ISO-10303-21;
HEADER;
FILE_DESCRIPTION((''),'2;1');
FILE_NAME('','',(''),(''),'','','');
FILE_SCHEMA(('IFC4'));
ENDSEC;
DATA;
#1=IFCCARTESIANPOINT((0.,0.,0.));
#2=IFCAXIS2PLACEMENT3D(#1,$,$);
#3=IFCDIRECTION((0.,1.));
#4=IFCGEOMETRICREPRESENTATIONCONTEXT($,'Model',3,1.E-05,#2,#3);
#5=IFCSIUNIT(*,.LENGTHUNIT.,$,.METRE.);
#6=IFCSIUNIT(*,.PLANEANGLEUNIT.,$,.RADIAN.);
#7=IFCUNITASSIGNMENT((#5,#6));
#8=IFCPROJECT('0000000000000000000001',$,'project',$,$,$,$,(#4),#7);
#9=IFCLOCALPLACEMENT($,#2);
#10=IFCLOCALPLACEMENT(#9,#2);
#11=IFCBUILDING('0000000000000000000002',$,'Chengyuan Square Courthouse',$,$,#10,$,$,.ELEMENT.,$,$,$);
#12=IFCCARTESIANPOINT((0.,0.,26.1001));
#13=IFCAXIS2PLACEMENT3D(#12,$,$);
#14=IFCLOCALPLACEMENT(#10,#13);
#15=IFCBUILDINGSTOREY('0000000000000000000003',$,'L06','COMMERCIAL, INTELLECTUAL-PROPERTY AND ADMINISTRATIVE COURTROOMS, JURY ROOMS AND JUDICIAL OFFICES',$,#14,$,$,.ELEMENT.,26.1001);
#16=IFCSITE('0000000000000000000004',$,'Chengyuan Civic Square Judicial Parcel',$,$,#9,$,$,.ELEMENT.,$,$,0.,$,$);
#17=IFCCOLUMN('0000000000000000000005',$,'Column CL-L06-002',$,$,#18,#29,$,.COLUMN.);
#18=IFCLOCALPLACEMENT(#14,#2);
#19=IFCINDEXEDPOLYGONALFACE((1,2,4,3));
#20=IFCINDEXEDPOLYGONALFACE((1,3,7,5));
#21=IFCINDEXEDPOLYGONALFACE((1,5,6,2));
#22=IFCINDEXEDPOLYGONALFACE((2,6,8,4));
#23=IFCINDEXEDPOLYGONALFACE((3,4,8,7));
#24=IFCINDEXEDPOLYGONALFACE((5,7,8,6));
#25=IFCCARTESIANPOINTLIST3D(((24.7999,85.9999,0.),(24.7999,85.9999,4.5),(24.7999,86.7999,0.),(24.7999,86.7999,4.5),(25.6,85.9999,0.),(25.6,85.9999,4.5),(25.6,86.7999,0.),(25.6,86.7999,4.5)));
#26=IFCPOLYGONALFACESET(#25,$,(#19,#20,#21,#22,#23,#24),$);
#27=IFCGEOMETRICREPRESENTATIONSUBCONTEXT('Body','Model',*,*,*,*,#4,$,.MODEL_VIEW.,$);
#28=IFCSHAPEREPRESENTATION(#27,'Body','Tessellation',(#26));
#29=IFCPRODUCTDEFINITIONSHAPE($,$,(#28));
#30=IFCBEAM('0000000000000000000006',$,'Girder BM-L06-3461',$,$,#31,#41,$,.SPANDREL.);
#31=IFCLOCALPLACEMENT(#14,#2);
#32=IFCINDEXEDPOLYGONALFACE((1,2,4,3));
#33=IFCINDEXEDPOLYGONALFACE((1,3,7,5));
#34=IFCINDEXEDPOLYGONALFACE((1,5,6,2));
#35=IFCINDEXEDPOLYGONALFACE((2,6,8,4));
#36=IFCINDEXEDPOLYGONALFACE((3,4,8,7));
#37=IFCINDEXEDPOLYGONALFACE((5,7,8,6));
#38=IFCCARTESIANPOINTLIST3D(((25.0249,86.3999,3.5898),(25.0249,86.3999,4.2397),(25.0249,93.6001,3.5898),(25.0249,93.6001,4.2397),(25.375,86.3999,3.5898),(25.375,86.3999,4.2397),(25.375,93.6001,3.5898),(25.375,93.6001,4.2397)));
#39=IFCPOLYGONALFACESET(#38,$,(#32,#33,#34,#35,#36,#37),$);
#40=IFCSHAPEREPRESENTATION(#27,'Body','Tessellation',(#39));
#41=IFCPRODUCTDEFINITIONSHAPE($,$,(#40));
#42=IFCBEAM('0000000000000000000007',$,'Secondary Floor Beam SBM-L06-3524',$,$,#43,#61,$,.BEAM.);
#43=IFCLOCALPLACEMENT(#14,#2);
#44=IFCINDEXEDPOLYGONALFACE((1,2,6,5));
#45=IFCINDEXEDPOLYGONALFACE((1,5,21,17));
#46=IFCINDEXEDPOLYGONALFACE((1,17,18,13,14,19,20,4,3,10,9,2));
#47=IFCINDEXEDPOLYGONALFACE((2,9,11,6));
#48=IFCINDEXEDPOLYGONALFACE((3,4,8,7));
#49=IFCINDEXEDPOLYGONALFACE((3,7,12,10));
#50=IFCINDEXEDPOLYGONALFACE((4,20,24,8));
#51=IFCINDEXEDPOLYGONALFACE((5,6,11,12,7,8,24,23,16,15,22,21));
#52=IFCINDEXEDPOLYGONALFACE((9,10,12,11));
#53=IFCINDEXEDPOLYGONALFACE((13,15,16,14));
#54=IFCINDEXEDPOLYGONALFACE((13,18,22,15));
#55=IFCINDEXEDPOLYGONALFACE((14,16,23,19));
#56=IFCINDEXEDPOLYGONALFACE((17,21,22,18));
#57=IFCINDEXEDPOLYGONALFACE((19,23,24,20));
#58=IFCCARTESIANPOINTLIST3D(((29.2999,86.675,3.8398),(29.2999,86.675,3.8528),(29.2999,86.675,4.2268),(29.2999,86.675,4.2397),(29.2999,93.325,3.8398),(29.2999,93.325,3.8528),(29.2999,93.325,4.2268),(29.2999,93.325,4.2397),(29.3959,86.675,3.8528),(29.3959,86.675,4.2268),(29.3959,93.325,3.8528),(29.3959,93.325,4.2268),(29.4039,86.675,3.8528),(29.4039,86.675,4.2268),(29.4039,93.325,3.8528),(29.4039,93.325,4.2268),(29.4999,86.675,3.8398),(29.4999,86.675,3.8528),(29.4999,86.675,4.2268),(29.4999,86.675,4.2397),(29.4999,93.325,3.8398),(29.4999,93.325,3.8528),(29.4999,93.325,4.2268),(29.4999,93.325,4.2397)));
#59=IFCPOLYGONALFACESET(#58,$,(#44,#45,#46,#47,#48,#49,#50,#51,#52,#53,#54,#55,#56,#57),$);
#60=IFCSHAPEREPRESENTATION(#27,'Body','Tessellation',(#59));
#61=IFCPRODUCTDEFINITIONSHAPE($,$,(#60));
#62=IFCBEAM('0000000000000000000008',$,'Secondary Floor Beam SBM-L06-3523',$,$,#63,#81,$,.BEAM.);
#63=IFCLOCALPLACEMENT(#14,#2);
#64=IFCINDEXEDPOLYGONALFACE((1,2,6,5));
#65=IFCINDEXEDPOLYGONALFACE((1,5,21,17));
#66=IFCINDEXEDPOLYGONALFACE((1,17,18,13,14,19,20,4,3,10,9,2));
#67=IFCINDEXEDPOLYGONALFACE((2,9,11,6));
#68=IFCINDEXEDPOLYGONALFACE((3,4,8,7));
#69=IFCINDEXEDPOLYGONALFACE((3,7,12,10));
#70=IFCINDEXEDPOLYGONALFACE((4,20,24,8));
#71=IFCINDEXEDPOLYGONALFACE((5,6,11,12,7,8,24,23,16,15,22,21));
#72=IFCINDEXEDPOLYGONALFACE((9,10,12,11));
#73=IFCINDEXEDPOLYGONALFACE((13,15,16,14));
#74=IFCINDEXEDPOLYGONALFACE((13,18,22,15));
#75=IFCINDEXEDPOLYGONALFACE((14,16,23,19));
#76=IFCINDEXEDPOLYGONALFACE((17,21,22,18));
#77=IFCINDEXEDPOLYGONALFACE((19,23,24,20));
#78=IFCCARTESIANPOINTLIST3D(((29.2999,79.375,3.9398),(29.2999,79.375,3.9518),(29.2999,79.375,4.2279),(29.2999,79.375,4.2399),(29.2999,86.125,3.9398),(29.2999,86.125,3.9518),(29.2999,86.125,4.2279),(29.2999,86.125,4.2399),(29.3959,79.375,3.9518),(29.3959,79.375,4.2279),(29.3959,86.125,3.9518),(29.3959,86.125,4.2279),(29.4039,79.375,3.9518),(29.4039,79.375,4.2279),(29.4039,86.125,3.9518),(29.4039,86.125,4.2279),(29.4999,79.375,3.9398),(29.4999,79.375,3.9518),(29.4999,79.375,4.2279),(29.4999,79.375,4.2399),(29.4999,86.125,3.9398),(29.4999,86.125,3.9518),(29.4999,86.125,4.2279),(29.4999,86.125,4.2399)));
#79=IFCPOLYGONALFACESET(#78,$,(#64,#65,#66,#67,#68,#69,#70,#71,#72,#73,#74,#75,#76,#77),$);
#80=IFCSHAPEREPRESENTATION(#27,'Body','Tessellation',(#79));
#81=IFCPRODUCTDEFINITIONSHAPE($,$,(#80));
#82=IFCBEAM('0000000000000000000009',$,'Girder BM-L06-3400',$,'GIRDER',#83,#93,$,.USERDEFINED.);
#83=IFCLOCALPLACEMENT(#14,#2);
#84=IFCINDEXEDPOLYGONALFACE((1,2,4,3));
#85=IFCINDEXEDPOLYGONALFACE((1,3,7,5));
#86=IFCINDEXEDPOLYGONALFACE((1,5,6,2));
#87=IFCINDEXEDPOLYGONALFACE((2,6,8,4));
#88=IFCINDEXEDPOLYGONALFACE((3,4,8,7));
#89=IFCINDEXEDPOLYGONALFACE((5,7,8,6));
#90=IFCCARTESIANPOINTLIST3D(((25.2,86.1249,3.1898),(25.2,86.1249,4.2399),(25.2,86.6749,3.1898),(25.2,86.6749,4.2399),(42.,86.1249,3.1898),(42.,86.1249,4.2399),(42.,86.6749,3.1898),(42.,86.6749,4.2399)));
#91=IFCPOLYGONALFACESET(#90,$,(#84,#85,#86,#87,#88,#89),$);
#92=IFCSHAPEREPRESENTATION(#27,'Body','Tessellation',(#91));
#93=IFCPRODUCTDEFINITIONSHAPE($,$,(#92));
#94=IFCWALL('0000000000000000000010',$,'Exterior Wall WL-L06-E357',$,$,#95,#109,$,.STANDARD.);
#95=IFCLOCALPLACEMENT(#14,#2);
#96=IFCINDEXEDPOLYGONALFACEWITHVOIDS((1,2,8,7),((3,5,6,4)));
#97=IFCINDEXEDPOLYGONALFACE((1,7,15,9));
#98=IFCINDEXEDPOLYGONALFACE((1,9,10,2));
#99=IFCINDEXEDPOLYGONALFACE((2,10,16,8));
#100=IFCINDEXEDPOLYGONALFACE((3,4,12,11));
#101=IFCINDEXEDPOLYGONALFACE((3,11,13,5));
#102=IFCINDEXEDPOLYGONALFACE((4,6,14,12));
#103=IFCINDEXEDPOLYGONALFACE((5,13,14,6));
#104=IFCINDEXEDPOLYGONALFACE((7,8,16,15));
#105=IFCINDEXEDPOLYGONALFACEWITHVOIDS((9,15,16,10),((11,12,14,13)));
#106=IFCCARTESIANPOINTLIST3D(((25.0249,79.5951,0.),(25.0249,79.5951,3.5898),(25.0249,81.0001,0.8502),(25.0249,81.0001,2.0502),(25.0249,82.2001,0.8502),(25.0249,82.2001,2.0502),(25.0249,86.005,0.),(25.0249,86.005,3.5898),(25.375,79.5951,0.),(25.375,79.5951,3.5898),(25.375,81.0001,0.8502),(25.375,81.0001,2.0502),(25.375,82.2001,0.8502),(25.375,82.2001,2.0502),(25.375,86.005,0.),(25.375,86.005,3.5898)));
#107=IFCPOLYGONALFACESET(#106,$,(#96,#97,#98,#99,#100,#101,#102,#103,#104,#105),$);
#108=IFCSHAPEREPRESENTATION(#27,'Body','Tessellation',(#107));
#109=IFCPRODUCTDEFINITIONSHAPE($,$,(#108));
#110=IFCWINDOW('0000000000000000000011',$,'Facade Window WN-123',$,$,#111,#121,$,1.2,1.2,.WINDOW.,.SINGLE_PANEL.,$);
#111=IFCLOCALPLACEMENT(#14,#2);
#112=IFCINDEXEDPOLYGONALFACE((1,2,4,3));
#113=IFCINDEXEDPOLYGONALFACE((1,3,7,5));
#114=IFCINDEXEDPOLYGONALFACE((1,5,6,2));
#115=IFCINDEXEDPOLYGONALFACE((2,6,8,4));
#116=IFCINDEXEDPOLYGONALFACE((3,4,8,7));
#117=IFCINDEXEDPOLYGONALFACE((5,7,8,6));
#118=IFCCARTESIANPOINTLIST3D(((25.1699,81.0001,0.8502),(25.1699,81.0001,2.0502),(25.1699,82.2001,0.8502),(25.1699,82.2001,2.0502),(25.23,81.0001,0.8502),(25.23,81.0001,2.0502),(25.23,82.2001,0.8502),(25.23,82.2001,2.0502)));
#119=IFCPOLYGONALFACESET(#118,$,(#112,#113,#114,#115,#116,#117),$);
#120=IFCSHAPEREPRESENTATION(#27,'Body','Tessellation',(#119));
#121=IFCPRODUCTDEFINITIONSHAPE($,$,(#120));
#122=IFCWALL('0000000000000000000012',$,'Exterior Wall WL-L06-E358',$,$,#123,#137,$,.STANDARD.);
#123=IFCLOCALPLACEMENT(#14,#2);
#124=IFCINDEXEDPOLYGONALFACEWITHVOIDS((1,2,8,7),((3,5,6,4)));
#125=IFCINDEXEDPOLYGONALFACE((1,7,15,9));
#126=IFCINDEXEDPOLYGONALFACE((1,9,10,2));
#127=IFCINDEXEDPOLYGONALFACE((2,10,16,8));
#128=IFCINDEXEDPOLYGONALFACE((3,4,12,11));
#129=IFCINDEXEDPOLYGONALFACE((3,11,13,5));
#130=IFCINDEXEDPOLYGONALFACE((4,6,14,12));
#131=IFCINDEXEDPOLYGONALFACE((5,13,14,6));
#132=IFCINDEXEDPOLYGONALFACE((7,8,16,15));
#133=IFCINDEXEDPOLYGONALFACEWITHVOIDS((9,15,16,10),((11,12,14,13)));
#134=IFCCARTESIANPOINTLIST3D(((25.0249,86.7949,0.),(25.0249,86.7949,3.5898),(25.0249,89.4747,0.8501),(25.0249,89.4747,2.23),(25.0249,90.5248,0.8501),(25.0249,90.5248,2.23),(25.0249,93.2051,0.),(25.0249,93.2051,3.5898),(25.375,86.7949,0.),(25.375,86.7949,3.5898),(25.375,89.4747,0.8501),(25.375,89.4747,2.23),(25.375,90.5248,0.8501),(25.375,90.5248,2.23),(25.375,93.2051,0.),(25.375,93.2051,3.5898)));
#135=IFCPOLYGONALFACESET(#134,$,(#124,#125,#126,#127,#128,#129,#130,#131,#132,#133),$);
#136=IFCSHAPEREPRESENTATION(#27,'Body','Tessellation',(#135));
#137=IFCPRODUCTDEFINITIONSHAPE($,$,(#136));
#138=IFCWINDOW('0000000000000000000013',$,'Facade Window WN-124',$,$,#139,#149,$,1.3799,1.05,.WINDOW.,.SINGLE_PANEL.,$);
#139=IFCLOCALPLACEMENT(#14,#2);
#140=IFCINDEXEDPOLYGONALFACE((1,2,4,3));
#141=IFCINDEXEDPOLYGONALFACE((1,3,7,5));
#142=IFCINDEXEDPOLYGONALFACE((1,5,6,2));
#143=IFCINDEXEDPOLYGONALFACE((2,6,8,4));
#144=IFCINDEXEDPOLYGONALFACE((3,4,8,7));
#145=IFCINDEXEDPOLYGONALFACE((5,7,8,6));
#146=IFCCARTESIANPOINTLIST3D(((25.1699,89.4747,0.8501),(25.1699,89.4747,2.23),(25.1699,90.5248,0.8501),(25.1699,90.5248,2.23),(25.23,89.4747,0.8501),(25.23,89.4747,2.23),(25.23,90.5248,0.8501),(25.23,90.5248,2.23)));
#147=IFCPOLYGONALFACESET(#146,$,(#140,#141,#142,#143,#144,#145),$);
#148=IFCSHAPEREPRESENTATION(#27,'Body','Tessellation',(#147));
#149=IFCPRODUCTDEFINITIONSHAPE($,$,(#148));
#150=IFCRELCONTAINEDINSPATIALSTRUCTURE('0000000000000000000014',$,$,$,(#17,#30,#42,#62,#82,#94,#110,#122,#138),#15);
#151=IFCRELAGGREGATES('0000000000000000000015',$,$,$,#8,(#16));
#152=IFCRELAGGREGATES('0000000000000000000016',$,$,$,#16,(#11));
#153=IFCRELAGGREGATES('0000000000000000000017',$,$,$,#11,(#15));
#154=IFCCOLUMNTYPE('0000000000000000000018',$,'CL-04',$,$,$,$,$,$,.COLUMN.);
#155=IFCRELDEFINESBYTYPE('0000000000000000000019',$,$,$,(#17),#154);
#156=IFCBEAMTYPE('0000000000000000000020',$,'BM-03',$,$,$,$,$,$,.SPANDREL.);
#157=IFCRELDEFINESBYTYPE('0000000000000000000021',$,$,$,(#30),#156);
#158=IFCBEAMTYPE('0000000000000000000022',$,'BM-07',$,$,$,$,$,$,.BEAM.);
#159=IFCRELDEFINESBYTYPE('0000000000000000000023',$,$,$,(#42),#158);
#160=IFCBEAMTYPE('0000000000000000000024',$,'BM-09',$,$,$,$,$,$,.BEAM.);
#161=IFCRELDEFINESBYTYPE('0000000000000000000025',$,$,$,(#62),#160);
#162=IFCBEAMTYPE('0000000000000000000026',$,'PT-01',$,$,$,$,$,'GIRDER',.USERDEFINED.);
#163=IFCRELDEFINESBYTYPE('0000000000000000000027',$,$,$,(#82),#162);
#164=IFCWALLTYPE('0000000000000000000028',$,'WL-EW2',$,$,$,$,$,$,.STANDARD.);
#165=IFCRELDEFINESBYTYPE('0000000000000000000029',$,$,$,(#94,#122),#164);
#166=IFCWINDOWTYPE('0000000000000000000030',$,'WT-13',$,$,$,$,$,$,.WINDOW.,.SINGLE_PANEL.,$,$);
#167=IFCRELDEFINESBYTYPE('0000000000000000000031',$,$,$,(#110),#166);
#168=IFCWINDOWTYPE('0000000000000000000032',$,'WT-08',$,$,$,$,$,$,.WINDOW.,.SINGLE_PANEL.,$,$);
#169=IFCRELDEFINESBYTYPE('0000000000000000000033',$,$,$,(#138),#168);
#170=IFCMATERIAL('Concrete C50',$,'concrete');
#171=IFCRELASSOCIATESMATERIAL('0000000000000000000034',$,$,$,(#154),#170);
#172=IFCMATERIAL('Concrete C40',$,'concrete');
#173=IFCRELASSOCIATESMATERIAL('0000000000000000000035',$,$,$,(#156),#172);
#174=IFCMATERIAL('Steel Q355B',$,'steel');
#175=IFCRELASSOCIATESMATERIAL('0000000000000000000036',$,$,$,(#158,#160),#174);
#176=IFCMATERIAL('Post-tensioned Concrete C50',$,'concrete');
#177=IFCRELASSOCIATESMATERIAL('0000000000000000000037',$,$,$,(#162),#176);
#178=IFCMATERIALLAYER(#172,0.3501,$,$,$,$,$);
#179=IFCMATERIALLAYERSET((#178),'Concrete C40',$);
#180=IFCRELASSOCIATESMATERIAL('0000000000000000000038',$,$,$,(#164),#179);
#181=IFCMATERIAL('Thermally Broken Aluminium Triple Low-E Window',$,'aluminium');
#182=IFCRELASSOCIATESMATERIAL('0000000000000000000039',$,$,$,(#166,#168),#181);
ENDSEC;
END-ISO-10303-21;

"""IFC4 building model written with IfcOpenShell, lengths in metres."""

from ifc_helpers import new_model, si_unit, direction, frame, frame_2d, origin, origin_2d, place, context, subcontext, project, spatial, rectangle, i_section, extrude, material, layer, layer_set, material_profile, profile_set, type_object, element, fill, save


model = new_model("IFC4")

# Units and contexts
model_context = context("Model", 3, precision=1e-05, world=origin(), true_north=direction((0.0, 1.0)))
body_context = subcontext(model_context, "Body", "Model", "MODEL_VIEW")
ifc_project = project(units=[si_unit("LENGTHUNIT", "METRE"), si_unit("PLANEANGLEUNIT", "RADIAN")], contexts=[model_context])

# Site, building, storey
site_placement = place(None, origin())
site = spatial("IfcSite", under=ifc_project, at=site_placement, Name="Chengyuan Civic Square Judicial Parcel", CompositionType="ELEMENT", RefElevation=0.0)
building_placement = place(site_placement, origin())
building = spatial("IfcBuilding", under=site, at=building_placement, Name="Chengyuan Square Courthouse", CompositionType="ELEMENT")
storey_placement = place(building_placement, frame((0.0, 0.0, 26.1001)))
storey = spatial("IfcBuildingStorey", under=building, at=storey_placement, Name="L06", Description="COMMERCIAL, INTELLECTUAL-PROPERTY AND ADMINISTRATIVE COURTROOMS, JURY ROOMS AND JUDICIAL OFFICES", CompositionType="ELEMENT", Elevation=26.1001)

# Column
ifc_material_1 = material(Name="Concrete C50", Category="concrete")
ifc_material_profile_1 = material_profile(ifc_material_1, rectangle(XDim=0.8, YDim=0.8, at=origin_2d()), Name="RC-COL-800x800")
ifc_profile_set_1 = profile_set([ifc_material_profile_1], Name="Concrete C50")
column_type = type_object("IfcColumnType", Name="CL-04", PredefinedType="COLUMN", material=ifc_profile_set_1)
column_placement = place(storey_placement, frame((25.2, 86.3999, 0.0), z_axis=(0.0, 0.0, 1.0), x_axis=(1.0, 0.0, 0.0)))
element("IfcColumn", 1, at=column_placement, inside=storey, type_object=column_type, Name="Column CL-L06-002", PredefinedType="COLUMN", context=body_context, shape_type="SweptSolid", body=[
    extrude(rectangle(XDim=0.8, YDim=0.8, at=origin_2d()), origin(), (0.0, 0.0, 1.0), 4.5),
])

# Beams
ifc_material_2 = material(Name="Concrete C40", Category="concrete")
ifc_material_profile_2 = material_profile(ifc_material_2, rectangle(XDim=0.3501, YDim=0.6499, at=origin_2d()), Name="RC-BM-350x650")
ifc_profile_set_2 = profile_set([ifc_material_profile_2], Name="Concrete C40")
beam_type_1 = type_object("IfcBeamType", Name="BM-03", PredefinedType="SPANDREL", material=ifc_profile_set_2)
beam_1_placement = place(storey_placement, frame((25.2, 86.3999, 3.9148), z_axis=(0.0, 1.0, 0.0), x_axis=(-1.0, 0.0, 0.0)))
element("IfcBeam", 2, at=beam_1_placement, inside=storey, type_object=beam_type_1, Name="Girder BM-L06-3461", PredefinedType="SPANDREL", context=body_context, shape_type="SweptSolid", body=[
    extrude(rectangle(XDim=0.3501, YDim=0.6499, at=origin_2d()), origin(), (0.0, 0.0, 1.0), 7.2002),
])
ifc_material_3 = material(Name="Steel Q355B", Category="steel")
ifc_material_profile_3 = material_profile(ifc_material_3, i_section(OverallWidth=0.2, OverallDepth=0.3999, WebThickness=0.0081, FlangeThickness=0.0129, at=origin_2d()), Name="HN 400x200x8x13")
ifc_profile_set_3 = profile_set([ifc_material_profile_3], Name="Steel Q355B")
beam_type_2 = type_object("IfcBeamType", Name="BM-07", PredefinedType="BEAM", material=ifc_profile_set_3)
beam_2_placement = place(storey_placement, frame((29.3999, 86.675, 4.0398), z_axis=(0.0, 1.0, 0.0), x_axis=(-1.0, 0.0, 0.0)))
element("IfcBeam", 3, at=beam_2_placement, inside=storey, type_object=beam_type_2, Name="Secondary Floor Beam SBM-L06-3524", PredefinedType="BEAM", context=body_context, shape_type="SweptSolid", body=[
    extrude(i_section(OverallWidth=0.2, OverallDepth=0.3999, WebThickness=0.0081, FlangeThickness=0.0129, at=origin_2d()), origin(), (0.0, 0.0, 1.0), 6.6499),
])
ifc_material_profile_4 = material_profile(ifc_material_3, i_section(OverallWidth=0.2, OverallDepth=0.3, WebThickness=0.0081, FlangeThickness=0.012, at=origin_2d()), Name="HM 300x200x8x12")
ifc_profile_set_4 = profile_set([ifc_material_profile_4], Name="Steel Q355B")
beam_type_3 = type_object("IfcBeamType", Name="BM-09", PredefinedType="BEAM", material=ifc_profile_set_4)
beam_3_placement = place(storey_placement, frame((29.3999, 79.375, 4.0898), z_axis=(0.0, 1.0, 0.0), x_axis=(-1.0, 0.0, 0.0)))
element("IfcBeam", 4, at=beam_3_placement, inside=storey, type_object=beam_type_3, Name="Secondary Floor Beam SBM-L06-3523", PredefinedType="BEAM", context=body_context, shape_type="SweptSolid", body=[
    extrude(i_section(OverallWidth=0.2, OverallDepth=0.3, WebThickness=0.0081, FlangeThickness=0.012, at=origin_2d()), origin(), (0.0, 0.0, 1.0), 6.75),
])
ifc_material_4 = material(Name="Post-tensioned Concrete C50", Category="concrete")
ifc_material_profile_5 = material_profile(ifc_material_4, rectangle(XDim=0.55, YDim=1.05, at=origin_2d()), Name="PT-BM-550x1050")
ifc_profile_set_5 = profile_set([ifc_material_profile_5], Name="Post-tensioned Concrete C50")
beam_type_4 = type_object("IfcBeamType", Name="PT-01", ElementType="GIRDER", PredefinedType="USERDEFINED", material=ifc_profile_set_5)
beam_4_placement = place(storey_placement, frame((25.2, 86.3999, 3.7148), z_axis=(1.0, 0.0, 0.0), x_axis=(0.0, 1.0, 0.0)))
element("IfcBeam", 5, at=beam_4_placement, inside=storey, type_object=beam_type_4, Name="Girder BM-L06-3400", ObjectType="GIRDER", PredefinedType="USERDEFINED", context=body_context, shape_type="SweptSolid", body=[
    extrude(rectangle(XDim=0.55, YDim=1.05, at=origin_2d()), origin(), (0.0, 0.0, 1.0), 16.8),
])

# Walls, openings, windows
ifc_layer_1 = layer(ifc_material_2, 0.3501)
ifc_layer_set_1 = layer_set([ifc_layer_1], Name="Concrete C40")
wall_type_1 = type_object("IfcWallType", Name="WL-EW2", PredefinedType="STANDARD", material=ifc_layer_set_1)
wall_1_placement = place(storey_placement, frame((25.2, 79.595, 0.0), z_axis=(0.0, 0.0, 1.0), x_axis=(0.0, 1.0, 0.0)))
wall_1 = element("IfcWall", 6, at=wall_1_placement, inside=storey, type_object=wall_type_1, Name="Exterior Wall WL-L06-E357", PredefinedType="STANDARD", context=body_context, shape_type="SweptSolid", body=[
    extrude(rectangle(XDim=6.4099, YDim=0.3501, at=frame_2d((3.2051, 0.0))), origin(), (0.0, 0.0, 1.0), 3.5898),
])
opening_1_placement = place(wall_1_placement, frame((1.405, 0.0, 0.8501)))
opening_1 = element("IfcOpeningElement", 7, at=opening_1_placement, cuts=wall_1, PredefinedType="OPENING", context=body_context, shape_type="SweptSolid", body=[
    extrude(rectangle(XDim=1.2, YDim=1.2, at=frame_2d((0.6001, 0.6001))), frame((0.0, 0.187, 0.0), z_axis=(0.0, -1.0, 0.0), x_axis=(1.0, 0.0, 0.0)), (0.0, 0.0, 1.0), 0.374),
])
ifc_material_5 = material(Name="Thermally Broken Aluminium Triple Low-E Window", Category="aluminium")
window_type_1 = type_object("IfcWindowType", Name="WT-13", PartitioningType="SINGLE_PANEL", PredefinedType="WINDOW", material=ifc_material_5)
window_1_placement = place(opening_1_placement, origin())
window_1 = element("IfcWindow", 8, at=window_1_placement, inside=storey, type_object=window_type_1, Name="Facade Window WN-123", OverallHeight=1.2, OverallWidth=1.2, PartitioningType="SINGLE_PANEL", PredefinedType="WINDOW", context=body_context, shape_type="SweptSolid", body=[
    extrude(rectangle(XDim=1.2, YDim=1.2, at=frame_2d((0.6001, 0.6001))), frame((0.0, 0.03, 0.0), z_axis=(0.0, -1.0, 0.0), x_axis=(1.0, 0.0, 0.0)), (0.0, 0.0, 1.0), 0.0601),
])
fill(opening_1, window_1)
wall_2_placement = place(storey_placement, frame((25.2, 86.7949, 0.0), z_axis=(0.0, 0.0, 1.0), x_axis=(0.0, 1.0, 0.0)))
wall_2 = element("IfcWall", 9, at=wall_2_placement, inside=storey, type_object=wall_type_1, Name="Exterior Wall WL-L06-E358", PredefinedType="STANDARD", context=body_context, shape_type="SweptSolid", body=[
    extrude(rectangle(XDim=6.4102, YDim=0.3501, at=frame_2d((3.2051, 0.0))), origin(), (0.0, 0.0, 1.0), 3.5898),
])
opening_2_placement = place(wall_2_placement, frame((2.6799, 0.0, 0.8501)))
opening_2 = element("IfcOpeningElement", 10, at=opening_2_placement, cuts=wall_2, PredefinedType="OPENING", context=body_context, shape_type="SweptSolid", body=[
    extrude(rectangle(XDim=1.05, YDim=1.3799, at=frame_2d((0.5249, 0.6899))), frame((0.0, 0.187, 0.0), z_axis=(0.0, -1.0, 0.0), x_axis=(1.0, 0.0, 0.0)), (0.0, 0.0, 1.0), 0.374),
])
window_type_2 = type_object("IfcWindowType", Name="WT-08", PartitioningType="SINGLE_PANEL", PredefinedType="WINDOW", material=ifc_material_5)
window_2_placement = place(opening_2_placement, origin())
window_2 = element("IfcWindow", 11, at=window_2_placement, inside=storey, type_object=window_type_2, Name="Facade Window WN-124", OverallHeight=1.3799, OverallWidth=1.05, PartitioningType="SINGLE_PANEL", PredefinedType="WINDOW", context=body_context, shape_type="SweptSolid", body=[
    extrude(rectangle(XDim=1.05, YDim=1.3799, at=frame_2d((0.5249, 0.6899))), frame((0.0, 0.03, 0.0), z_axis=(0.0, -1.0, 0.0), x_axis=(1.0, 0.0, 0.0)), (0.0, 0.0, 1.0), 0.0601),
])
fill(opening_2, window_2)

save(model, "model.ifc")
